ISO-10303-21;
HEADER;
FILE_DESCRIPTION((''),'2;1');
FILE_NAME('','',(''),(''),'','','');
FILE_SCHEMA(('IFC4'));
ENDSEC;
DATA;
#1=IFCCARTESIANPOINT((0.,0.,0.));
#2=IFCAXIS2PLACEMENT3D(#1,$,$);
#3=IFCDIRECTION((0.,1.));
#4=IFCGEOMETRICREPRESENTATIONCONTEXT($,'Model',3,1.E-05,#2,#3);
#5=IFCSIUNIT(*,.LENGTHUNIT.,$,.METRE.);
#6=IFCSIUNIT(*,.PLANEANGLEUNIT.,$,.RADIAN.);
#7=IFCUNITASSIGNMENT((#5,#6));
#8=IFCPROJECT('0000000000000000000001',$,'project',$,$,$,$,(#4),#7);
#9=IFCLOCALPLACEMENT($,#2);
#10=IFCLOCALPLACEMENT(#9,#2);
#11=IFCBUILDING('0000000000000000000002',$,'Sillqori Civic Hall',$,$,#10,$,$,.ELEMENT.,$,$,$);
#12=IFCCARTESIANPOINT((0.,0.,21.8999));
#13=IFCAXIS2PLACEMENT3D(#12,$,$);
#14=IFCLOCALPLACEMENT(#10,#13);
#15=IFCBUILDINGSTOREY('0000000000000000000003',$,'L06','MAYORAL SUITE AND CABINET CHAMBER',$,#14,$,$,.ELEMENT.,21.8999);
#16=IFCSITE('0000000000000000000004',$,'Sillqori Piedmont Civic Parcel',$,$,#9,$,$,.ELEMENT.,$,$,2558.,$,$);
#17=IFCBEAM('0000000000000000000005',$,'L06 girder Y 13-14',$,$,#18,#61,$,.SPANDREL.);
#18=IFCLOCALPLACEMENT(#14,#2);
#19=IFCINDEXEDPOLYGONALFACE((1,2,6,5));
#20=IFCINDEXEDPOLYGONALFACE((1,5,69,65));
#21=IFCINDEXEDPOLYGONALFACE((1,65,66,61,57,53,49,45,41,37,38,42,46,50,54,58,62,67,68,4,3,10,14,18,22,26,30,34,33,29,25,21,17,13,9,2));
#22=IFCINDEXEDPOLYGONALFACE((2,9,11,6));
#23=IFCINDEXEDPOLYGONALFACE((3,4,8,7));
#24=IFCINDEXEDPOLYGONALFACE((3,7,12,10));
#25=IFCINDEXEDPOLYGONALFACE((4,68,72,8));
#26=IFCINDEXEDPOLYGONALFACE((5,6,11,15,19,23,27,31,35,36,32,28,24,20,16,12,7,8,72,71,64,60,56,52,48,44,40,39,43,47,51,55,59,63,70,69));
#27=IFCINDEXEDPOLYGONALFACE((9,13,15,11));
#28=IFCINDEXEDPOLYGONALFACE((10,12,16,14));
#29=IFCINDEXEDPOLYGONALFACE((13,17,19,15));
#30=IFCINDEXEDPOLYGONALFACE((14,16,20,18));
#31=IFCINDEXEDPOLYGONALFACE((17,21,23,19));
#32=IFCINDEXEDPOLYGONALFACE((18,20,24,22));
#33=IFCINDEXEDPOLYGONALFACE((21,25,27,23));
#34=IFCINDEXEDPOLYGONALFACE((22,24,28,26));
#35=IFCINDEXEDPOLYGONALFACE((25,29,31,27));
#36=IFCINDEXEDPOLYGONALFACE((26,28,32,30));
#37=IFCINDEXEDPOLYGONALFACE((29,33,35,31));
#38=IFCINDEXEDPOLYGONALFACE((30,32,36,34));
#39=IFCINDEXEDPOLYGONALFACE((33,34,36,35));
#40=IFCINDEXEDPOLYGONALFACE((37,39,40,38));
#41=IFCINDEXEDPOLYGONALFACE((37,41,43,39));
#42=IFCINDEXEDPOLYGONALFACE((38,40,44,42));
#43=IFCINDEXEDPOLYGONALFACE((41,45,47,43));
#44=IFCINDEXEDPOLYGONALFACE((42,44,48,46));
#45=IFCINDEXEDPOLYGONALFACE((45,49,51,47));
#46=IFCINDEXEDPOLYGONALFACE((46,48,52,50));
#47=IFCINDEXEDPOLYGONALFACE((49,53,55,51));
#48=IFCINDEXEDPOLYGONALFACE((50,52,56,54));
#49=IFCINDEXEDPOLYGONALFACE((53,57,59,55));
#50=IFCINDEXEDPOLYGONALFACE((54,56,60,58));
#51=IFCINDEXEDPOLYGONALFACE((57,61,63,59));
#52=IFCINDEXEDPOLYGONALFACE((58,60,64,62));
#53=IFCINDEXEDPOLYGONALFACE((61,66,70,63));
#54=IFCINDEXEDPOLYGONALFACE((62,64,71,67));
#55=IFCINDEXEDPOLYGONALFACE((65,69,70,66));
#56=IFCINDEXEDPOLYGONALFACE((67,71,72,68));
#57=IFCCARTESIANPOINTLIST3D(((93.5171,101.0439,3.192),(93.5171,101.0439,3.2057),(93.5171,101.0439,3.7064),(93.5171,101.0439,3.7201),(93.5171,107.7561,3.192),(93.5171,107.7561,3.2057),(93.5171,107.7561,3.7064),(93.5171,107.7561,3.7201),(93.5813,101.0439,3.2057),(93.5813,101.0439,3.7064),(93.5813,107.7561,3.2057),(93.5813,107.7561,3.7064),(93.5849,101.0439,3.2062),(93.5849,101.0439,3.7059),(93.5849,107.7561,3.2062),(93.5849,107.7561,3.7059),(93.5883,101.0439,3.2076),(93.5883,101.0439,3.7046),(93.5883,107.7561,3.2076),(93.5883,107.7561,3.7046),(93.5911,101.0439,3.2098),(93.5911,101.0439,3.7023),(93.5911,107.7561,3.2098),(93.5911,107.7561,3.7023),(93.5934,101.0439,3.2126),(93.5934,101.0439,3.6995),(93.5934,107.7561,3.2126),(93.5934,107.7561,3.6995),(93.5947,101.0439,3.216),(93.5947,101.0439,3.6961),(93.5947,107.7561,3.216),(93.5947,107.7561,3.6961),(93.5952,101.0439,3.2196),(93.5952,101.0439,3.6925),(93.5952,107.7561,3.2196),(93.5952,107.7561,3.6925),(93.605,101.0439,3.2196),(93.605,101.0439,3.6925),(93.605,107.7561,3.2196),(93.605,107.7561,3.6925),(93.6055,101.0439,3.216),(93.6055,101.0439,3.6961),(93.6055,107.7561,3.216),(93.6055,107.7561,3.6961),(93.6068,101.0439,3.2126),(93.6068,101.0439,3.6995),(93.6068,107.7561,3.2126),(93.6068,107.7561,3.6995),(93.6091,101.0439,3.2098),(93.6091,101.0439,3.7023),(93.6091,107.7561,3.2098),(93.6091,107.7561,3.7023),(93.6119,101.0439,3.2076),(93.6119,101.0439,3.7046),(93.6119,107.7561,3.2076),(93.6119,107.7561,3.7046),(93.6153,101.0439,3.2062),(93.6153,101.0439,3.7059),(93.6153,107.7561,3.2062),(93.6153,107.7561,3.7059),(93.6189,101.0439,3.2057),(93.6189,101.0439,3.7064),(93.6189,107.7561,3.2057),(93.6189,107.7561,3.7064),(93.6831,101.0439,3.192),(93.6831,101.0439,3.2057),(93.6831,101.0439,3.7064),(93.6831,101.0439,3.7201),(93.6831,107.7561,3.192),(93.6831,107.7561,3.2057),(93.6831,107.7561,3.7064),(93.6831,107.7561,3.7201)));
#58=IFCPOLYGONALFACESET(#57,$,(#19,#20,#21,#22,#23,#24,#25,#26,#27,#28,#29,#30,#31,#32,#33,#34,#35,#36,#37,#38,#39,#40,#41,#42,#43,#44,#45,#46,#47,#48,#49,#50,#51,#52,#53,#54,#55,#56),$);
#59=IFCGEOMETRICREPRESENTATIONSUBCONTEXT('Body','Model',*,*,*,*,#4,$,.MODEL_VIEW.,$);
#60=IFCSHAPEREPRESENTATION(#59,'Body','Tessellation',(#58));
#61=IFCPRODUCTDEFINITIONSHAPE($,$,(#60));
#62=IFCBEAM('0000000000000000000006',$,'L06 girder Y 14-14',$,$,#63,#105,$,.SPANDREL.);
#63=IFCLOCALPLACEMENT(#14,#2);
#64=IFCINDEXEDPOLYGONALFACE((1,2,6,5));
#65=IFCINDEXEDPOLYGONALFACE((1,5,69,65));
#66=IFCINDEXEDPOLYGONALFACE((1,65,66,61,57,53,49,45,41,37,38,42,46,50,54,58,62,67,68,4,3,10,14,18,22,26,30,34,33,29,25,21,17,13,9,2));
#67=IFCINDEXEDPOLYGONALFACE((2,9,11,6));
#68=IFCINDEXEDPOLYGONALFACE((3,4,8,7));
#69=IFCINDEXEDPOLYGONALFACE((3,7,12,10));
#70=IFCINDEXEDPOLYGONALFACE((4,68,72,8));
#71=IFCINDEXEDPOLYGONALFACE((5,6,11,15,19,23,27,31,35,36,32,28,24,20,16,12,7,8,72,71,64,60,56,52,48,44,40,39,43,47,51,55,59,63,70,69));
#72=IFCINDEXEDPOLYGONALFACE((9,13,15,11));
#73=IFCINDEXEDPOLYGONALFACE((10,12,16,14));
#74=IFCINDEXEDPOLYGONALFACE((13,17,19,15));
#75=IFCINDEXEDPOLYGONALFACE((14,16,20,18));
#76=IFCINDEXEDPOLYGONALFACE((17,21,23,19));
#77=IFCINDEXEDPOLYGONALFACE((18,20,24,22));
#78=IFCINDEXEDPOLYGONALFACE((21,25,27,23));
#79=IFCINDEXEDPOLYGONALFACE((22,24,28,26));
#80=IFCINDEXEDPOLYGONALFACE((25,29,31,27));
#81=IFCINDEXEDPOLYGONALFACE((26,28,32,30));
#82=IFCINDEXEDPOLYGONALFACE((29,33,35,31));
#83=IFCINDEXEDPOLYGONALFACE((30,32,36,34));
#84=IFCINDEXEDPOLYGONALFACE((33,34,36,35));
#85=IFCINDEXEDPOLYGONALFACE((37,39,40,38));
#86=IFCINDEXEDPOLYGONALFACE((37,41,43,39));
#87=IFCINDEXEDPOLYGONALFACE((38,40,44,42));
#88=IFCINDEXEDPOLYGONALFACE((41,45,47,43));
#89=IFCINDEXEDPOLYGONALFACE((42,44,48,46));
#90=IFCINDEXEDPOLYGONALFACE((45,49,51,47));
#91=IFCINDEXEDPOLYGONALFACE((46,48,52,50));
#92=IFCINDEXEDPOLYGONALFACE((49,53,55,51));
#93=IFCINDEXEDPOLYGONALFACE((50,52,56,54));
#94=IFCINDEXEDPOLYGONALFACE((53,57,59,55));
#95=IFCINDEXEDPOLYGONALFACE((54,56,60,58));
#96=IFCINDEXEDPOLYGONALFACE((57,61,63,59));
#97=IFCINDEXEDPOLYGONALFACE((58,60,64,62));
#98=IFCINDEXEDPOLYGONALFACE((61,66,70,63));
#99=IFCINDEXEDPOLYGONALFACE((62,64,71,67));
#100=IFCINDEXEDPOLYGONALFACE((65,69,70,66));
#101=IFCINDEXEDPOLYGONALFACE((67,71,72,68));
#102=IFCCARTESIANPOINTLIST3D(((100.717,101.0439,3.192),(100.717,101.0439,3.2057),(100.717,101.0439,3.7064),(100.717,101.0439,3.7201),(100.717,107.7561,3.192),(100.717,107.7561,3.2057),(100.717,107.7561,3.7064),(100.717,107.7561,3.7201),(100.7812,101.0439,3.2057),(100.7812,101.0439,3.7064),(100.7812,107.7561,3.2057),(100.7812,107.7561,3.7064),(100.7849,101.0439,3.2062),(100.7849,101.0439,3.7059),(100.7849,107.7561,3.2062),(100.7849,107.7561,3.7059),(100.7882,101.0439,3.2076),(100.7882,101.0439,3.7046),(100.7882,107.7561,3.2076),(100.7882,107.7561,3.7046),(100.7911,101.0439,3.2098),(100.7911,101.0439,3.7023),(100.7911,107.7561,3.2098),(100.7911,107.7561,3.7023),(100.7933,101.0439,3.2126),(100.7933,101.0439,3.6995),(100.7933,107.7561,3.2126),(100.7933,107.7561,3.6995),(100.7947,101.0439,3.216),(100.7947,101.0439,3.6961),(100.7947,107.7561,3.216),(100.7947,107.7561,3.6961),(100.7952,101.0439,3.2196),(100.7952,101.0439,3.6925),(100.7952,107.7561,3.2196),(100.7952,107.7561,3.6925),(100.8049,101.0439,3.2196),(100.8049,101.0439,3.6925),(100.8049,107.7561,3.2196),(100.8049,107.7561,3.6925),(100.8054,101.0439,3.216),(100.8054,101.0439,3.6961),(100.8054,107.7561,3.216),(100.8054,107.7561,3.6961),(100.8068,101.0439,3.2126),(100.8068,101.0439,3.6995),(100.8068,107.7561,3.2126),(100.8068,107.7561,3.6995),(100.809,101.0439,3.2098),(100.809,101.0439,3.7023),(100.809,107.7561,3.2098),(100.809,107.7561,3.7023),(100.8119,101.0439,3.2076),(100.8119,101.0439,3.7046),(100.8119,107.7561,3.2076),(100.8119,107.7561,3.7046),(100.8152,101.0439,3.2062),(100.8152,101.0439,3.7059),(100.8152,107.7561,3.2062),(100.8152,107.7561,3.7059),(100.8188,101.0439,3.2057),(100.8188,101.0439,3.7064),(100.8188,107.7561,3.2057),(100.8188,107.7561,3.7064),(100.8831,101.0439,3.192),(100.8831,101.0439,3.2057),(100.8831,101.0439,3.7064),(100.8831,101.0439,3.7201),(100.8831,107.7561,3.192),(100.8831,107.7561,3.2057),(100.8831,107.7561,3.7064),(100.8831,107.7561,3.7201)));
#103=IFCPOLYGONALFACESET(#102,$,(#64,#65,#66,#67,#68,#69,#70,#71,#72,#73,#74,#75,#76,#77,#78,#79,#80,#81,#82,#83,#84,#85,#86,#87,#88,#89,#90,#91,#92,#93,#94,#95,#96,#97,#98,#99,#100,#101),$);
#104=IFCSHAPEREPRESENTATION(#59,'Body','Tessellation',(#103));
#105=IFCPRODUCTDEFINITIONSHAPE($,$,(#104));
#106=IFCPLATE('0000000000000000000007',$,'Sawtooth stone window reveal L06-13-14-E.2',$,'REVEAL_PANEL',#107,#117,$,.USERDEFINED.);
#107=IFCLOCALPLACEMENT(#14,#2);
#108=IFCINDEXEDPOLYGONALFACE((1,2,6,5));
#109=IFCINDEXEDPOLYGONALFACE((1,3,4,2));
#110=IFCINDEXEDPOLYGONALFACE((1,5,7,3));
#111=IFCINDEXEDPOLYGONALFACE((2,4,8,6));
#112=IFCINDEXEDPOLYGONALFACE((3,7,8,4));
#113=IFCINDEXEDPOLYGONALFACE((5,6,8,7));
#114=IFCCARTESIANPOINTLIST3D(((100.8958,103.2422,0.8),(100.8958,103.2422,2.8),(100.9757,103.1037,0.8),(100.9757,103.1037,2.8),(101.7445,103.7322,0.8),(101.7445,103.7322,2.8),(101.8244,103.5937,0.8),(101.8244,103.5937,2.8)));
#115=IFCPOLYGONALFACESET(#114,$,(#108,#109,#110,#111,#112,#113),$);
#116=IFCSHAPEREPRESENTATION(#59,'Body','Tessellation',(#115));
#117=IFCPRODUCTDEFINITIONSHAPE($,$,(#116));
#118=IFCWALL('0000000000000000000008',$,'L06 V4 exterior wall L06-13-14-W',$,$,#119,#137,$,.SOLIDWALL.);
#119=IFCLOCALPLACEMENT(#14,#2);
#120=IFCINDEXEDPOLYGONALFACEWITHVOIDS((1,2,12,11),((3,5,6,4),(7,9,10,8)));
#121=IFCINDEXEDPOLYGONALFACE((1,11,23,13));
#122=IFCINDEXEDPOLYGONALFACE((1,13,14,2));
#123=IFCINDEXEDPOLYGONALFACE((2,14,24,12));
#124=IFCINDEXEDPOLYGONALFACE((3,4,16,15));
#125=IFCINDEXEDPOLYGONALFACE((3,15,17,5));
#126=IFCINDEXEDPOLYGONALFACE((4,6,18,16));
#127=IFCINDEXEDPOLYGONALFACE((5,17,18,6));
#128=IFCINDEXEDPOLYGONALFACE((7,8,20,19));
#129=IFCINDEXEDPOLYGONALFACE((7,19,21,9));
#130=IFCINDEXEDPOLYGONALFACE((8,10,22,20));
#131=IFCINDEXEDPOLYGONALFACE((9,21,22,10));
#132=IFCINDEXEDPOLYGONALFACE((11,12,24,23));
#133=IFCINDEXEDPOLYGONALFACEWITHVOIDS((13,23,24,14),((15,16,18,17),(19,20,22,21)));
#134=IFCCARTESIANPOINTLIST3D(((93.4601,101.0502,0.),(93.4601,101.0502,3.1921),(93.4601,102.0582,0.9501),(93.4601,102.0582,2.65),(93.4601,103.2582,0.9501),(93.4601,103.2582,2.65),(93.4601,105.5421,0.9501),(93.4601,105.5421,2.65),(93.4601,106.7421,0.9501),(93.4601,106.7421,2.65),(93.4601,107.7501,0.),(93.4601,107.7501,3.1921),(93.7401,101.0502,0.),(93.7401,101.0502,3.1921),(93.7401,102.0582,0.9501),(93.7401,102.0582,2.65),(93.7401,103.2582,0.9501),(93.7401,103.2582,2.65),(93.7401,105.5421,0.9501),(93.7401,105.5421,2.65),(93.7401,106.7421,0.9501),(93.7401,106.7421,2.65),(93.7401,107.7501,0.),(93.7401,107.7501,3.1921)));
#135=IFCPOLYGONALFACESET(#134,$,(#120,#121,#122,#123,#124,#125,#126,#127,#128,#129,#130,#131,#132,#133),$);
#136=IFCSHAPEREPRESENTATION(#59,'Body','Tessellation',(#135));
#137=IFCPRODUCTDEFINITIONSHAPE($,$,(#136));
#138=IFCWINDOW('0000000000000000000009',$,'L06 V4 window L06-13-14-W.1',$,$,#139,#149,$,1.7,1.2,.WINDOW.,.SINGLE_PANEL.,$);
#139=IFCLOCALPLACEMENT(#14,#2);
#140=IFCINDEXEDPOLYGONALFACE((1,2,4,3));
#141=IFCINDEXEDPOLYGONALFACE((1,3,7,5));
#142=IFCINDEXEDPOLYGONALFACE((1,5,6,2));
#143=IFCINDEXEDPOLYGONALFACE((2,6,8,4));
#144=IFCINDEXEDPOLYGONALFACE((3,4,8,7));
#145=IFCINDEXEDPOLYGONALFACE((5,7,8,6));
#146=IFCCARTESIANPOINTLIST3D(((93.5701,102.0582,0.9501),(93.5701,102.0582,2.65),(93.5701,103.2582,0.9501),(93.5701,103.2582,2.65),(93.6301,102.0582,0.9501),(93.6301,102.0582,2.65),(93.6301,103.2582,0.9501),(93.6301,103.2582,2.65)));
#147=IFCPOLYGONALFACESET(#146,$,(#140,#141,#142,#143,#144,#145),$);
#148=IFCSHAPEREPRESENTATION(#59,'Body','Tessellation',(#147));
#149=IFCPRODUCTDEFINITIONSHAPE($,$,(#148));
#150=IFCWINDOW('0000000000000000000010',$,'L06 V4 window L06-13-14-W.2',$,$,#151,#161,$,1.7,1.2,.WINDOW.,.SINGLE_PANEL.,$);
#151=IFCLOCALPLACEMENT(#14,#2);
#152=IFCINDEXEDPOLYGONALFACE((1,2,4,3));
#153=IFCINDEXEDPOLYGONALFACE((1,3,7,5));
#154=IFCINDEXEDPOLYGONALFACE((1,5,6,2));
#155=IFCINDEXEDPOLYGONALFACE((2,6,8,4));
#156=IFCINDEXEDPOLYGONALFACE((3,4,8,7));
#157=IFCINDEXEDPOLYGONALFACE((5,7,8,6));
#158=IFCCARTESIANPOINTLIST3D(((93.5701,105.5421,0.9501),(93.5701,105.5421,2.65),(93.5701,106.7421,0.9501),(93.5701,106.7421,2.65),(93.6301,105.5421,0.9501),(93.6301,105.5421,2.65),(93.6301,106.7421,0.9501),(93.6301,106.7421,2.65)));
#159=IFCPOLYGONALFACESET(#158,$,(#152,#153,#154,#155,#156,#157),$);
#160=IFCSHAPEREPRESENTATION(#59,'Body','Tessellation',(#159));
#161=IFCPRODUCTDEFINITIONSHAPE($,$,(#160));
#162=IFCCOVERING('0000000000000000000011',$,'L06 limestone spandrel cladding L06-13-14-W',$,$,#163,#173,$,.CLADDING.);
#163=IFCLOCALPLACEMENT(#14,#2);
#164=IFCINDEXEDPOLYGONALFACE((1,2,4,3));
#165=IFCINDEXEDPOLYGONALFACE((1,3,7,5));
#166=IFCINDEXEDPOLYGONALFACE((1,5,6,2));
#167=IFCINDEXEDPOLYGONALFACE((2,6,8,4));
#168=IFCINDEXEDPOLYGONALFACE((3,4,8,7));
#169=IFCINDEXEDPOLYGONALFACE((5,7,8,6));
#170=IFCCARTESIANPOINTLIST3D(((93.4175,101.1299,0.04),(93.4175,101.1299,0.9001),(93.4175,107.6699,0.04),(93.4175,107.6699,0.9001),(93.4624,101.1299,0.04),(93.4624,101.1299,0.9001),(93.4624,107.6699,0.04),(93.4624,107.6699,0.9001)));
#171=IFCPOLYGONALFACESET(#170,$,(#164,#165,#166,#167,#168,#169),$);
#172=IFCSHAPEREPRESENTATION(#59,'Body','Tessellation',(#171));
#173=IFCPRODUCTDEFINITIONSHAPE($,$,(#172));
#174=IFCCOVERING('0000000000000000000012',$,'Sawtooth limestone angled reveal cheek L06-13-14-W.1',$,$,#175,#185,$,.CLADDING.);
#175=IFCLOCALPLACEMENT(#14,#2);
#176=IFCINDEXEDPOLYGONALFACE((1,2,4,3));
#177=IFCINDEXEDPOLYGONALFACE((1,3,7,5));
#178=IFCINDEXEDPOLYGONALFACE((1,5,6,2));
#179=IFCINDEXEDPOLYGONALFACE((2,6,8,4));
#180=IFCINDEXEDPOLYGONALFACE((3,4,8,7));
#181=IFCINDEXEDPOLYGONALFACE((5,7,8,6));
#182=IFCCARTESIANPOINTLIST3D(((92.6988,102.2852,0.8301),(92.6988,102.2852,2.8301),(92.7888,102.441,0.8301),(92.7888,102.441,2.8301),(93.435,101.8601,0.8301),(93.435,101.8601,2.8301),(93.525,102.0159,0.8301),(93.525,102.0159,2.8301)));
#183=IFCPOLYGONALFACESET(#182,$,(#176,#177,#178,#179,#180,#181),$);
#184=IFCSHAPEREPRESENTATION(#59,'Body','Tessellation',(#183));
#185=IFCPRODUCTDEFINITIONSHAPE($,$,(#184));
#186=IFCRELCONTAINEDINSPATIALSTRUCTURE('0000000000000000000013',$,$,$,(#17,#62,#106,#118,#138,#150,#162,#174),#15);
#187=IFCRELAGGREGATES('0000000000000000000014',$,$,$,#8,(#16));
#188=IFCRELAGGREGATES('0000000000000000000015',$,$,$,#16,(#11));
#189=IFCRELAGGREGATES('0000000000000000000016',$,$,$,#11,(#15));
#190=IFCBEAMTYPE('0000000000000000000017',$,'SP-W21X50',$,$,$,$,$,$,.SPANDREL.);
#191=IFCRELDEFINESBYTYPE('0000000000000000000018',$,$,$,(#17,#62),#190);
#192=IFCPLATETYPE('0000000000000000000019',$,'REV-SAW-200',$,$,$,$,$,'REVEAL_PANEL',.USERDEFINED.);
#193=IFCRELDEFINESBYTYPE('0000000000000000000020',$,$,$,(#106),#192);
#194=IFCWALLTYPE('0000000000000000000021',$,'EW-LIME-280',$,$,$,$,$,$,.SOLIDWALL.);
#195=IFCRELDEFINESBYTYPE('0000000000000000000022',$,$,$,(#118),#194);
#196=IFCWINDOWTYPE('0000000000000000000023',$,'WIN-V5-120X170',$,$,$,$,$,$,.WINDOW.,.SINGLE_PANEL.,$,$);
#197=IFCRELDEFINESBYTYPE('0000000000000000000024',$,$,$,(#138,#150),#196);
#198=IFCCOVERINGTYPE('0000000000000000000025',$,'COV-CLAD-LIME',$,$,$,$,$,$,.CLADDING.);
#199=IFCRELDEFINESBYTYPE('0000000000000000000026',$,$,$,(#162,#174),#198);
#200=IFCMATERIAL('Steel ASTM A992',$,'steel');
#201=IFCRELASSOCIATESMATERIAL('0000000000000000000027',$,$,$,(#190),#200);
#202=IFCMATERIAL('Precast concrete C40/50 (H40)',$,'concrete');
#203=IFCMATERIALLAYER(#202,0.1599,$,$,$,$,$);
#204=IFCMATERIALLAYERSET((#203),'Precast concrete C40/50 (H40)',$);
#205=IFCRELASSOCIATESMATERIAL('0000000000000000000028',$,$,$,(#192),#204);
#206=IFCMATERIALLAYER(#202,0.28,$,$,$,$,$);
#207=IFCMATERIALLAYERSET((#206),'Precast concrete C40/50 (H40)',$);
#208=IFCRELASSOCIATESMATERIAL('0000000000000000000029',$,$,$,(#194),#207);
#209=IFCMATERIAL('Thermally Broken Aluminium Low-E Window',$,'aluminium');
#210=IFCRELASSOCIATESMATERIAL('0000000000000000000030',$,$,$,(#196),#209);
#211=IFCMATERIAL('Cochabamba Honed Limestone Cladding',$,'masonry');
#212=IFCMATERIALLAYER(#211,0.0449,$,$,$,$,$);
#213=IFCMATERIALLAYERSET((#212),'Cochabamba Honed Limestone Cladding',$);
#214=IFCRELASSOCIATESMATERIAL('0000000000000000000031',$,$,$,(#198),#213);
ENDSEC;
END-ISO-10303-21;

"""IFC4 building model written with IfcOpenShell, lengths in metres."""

from ifc_helpers import new_model, si_unit, direction, frame, frame_2d, origin, origin_2d, place, context, subcontext, project, spatial, rectangle, i_section, extrude, material, layer, layer_set, material_profile, profile_set, type_object, element, fill, save


model = new_model("IFC4")

# Units and contexts
model_context = context("Model", 3, precision=1e-05, world=origin(), true_north=direction((0.0, 1.0)))
body_context = subcontext(model_context, "Body", "Model", "MODEL_VIEW")
ifc_project = project(units=[si_unit("LENGTHUNIT", "METRE"), si_unit("PLANEANGLEUNIT", "RADIAN")], contexts=[model_context])

# Site, building, storey
site_placement = place(None, origin())
site = spatial("IfcSite", under=ifc_project, at=site_placement, Name="Sillqori Piedmont Civic Parcel", CompositionType="ELEMENT", RefElevation=2558.0)
building_placement = place(site_placement, origin())
building = spatial("IfcBuilding", under=site, at=building_placement, Name="Sillqori Civic Hall", CompositionType="ELEMENT")
storey_placement = place(building_placement, frame((0.0, 0.0, 21.8999)))
storey = spatial("IfcBuildingStorey", under=building, at=storey_placement, Name="L06", Description="MAYORAL SUITE AND CABINET CHAMBER", CompositionType="ELEMENT", Elevation=21.8999)

# Beams
ifc_material_1 = material(Name="Steel ASTM A992", Category="steel")
ifc_material_profile_1 = material_profile(ifc_material_1, i_section(OverallWidth=0.166, OverallDepth=0.5281, WebThickness=0.0098, FlangeThickness=0.0137, FilletRadius=0.0139, at=origin_2d()), Name="W21X50")
ifc_profile_set_1 = profile_set([ifc_material_profile_1], Name="Steel ASTM A992")
beam_type_1 = type_object("IfcBeamType", Name="SP-W21X50", PredefinedType="SPANDREL", material=ifc_profile_set_1)
for number, where, z_axis, x_axis, name in (
    (1, (93.6001, 101.0439, 3.4561), (0.0, 1.0, 0.0), (-1.0, 0.0, 0.0), "L06 girder Y 13-14"),
    (2, (100.8, 101.0439, 3.4561), (0.0, 1.0, 0.0), (-1.0, 0.0, 0.0), "L06 girder Y 14-14"),
):
    element("IfcBeam", number, at=place(storey_placement, frame(where, z_axis=z_axis, x_axis=x_axis)), inside=storey, type_object=beam_type_1, Name=name, PredefinedType="SPANDREL", context=body_context, shape_type="SweptSolid", body=[
        extrude(i_section(OverallWidth=0.166, OverallDepth=0.5281, WebThickness=0.0098, FlangeThickness=0.0137, FilletRadius=0.0139, at=origin_2d()), origin(), (0.0, 0.0, 1.0), 6.7122),
    ])

# Plate
ifc_material_2 = material(Name="Precast concrete C40/50 (H40)", Category="concrete")
ifc_layer_1 = layer(ifc_material_2, 0.1599)
ifc_layer_set_1 = layer_set([ifc_layer_1], Name="Precast concrete C40/50 (H40)")
plate_type = type_object("IfcPlateType", Name="REV-SAW-200", ElementType="REVEAL_PANEL", PredefinedType="USERDEFINED", material=ifc_layer_set_1)
plate_placement = place(storey_placement, frame((101.3601, 103.418, 0.8), z_axis=(0.0, 0.0, 1.0), x_axis=(0.5, -0.866025, 0.0)))
element("IfcPlate", 3, at=plate_placement, inside=storey, type_object=plate_type, Name="Sawtooth stone window reveal L06-13-14-E.2", ObjectType="REVEAL_PANEL", PredefinedType="USERDEFINED", context=body_context, shape_type="SweptSolid", body=[
    extrude(rectangle(XDim=0.1599, YDim=0.98, at=origin_2d()), origin(), (0.0, 0.0, 1.0), 2.0),
])

# Wall, openings, windows
ifc_layer_2 = layer(ifc_material_2, 0.28)
ifc_layer_set_2 = layer_set([ifc_layer_2], Name="Precast concrete C40/50 (H40)")
wall_type = type_object("IfcWallType", Name="EW-LIME-280", PredefinedType="SOLIDWALL", material=ifc_layer_set_2)
wall_placement = place(storey_placement, frame((93.6001, 101.05, 0.0), z_axis=(0.0, 0.0, 1.0), x_axis=(0.0, 1.0, 0.0)))
wall = element("IfcWall", 4, at=wall_placement, inside=storey, type_object=wall_type, Name="L06 V4 exterior wall L06-13-14-W", PredefinedType="SOLIDWALL", context=body_context, shape_type="SweptSolid", body=[
    extrude(rectangle(XDim=6.7, YDim=0.28, at=frame_2d((3.3501, 0.0))), origin(), (0.0, 0.0, 1.0), 3.1921),
])
opening_1_placement = place(wall_placement, frame((1.0081, 0.0, 0.95)))
opening_1 = element("IfcOpeningElement", 5, at=opening_1_placement, cuts=wall, PredefinedType="OPENING", context=body_context, shape_type="SweptSolid", body=[
    extrude(rectangle(XDim=1.2, YDim=1.7, at=frame_2d((0.6001, 0.8501))), frame((0.0, 0.1499, 0.0), z_axis=(0.0, -1.0, 0.0), x_axis=(1.0, 0.0, 0.0)), (0.0, 0.0, 1.0), 0.3),
])
opening_2_placement = place(wall_placement, frame((4.4919, 0.0, 0.95)))
opening_2 = element("IfcOpeningElement", 6, at=opening_2_placement, cuts=wall, PredefinedType="OPENING", context=body_context, shape_type="SweptSolid", body=[
    extrude(rectangle(XDim=1.2, YDim=1.7, at=frame_2d((0.6001, 0.8501))), frame((0.0, 0.1499, 0.0), z_axis=(0.0, -1.0, 0.0), x_axis=(1.0, 0.0, 0.0)), (0.0, 0.0, 1.0), 0.3),
])
ifc_material_3 = material(Name="Thermally Broken Aluminium Low-E Window", Category="aluminium")
window_type = type_object("IfcWindowType", Name="WIN-V5-120X170", PartitioningType="SINGLE_PANEL", PredefinedType="WINDOW", material=ifc_material_3)
window_1_placement = place(opening_1_placement, origin())
window_1 = element("IfcWindow", 7, at=window_1_placement, inside=storey, type_object=window_type, Name="L06 V4 window L06-13-14-W.1", OverallHeight=1.7, OverallWidth=1.2, PartitioningType="SINGLE_PANEL", PredefinedType="WINDOW", context=body_context, shape_type="SweptSolid", body=[
    extrude(rectangle(XDim=1.2, YDim=1.7, at=frame_2d((0.6001, 0.8501))), frame((0.0, 0.03, 0.0), z_axis=(0.0, -1.0, 0.0), x_axis=(1.0, 0.0, 0.0)), (0.0, 0.0, 1.0), 0.0601),
])
fill(opening_1, window_1)
window_2_placement = place(opening_2_placement, origin())
window_2 = element("IfcWindow", 8, at=window_2_placement, inside=storey, type_object=window_type, Name="L06 V4 window L06-13-14-W.2", OverallHeight=1.7, OverallWidth=1.2, PartitioningType="SINGLE_PANEL", PredefinedType="WINDOW", context=body_context, shape_type="SweptSolid", body=[
    extrude(rectangle(XDim=1.2, YDim=1.7, at=frame_2d((0.6001, 0.8501))), frame((0.0, 0.03, 0.0), z_axis=(0.0, -1.0, 0.0), x_axis=(1.0, 0.0, 0.0)), (0.0, 0.0, 1.0), 0.0601),
])
fill(opening_2, window_2)

# Coverings
ifc_material_4 = material(Name="Cochabamba Honed Limestone Cladding", Category="masonry")
ifc_layer_3 = layer(ifc_material_4, 0.0449)
ifc_layer_set_3 = layer_set([ifc_layer_3], Name="Cochabamba Honed Limestone Cladding")
covering_type = type_object("IfcCoveringType", Name="COV-CLAD-LIME", PredefinedType="CLADDING", material=ifc_layer_set_3)
covering_1_placement = place(storey_placement, frame((93.4399, 101.1299, 0.04), z_axis=(0.0, 0.0, 1.0), x_axis=(0.0, 1.0, 0.0)))
element("IfcCovering", 9, at=covering_1_placement, inside=storey, type_object=covering_type, Name="L06 limestone spandrel cladding L06-13-14-W", PredefinedType="CLADDING", context=body_context, shape_type="SweptSolid", body=[
    extrude(rectangle(XDim=6.54, YDim=0.0449, at=frame_2d((3.27, 0.0))), origin(), (0.0, 0.0, 1.0), 0.8601),
])
covering_2_placement = place(storey_placement, frame((93.48, 101.938, 0.8301), z_axis=(0.0, 0.0, 1.0), x_axis=(-0.865989, 0.500062, 0.0)))
element("IfcCovering", 10, at=covering_2_placement, inside=storey, type_object=covering_type, Name="Sawtooth limestone angled reveal cheek L06-13-14-W.1", PredefinedType="CLADDING", context=body_context, shape_type="SweptSolid", body=[
    extrude(rectangle(XDim=0.8501, YDim=0.1799, at=frame_2d((0.425, 0.0))), origin(), (0.0, 0.0, 1.0), 2.0),
])

save(model, "model.ifc")
